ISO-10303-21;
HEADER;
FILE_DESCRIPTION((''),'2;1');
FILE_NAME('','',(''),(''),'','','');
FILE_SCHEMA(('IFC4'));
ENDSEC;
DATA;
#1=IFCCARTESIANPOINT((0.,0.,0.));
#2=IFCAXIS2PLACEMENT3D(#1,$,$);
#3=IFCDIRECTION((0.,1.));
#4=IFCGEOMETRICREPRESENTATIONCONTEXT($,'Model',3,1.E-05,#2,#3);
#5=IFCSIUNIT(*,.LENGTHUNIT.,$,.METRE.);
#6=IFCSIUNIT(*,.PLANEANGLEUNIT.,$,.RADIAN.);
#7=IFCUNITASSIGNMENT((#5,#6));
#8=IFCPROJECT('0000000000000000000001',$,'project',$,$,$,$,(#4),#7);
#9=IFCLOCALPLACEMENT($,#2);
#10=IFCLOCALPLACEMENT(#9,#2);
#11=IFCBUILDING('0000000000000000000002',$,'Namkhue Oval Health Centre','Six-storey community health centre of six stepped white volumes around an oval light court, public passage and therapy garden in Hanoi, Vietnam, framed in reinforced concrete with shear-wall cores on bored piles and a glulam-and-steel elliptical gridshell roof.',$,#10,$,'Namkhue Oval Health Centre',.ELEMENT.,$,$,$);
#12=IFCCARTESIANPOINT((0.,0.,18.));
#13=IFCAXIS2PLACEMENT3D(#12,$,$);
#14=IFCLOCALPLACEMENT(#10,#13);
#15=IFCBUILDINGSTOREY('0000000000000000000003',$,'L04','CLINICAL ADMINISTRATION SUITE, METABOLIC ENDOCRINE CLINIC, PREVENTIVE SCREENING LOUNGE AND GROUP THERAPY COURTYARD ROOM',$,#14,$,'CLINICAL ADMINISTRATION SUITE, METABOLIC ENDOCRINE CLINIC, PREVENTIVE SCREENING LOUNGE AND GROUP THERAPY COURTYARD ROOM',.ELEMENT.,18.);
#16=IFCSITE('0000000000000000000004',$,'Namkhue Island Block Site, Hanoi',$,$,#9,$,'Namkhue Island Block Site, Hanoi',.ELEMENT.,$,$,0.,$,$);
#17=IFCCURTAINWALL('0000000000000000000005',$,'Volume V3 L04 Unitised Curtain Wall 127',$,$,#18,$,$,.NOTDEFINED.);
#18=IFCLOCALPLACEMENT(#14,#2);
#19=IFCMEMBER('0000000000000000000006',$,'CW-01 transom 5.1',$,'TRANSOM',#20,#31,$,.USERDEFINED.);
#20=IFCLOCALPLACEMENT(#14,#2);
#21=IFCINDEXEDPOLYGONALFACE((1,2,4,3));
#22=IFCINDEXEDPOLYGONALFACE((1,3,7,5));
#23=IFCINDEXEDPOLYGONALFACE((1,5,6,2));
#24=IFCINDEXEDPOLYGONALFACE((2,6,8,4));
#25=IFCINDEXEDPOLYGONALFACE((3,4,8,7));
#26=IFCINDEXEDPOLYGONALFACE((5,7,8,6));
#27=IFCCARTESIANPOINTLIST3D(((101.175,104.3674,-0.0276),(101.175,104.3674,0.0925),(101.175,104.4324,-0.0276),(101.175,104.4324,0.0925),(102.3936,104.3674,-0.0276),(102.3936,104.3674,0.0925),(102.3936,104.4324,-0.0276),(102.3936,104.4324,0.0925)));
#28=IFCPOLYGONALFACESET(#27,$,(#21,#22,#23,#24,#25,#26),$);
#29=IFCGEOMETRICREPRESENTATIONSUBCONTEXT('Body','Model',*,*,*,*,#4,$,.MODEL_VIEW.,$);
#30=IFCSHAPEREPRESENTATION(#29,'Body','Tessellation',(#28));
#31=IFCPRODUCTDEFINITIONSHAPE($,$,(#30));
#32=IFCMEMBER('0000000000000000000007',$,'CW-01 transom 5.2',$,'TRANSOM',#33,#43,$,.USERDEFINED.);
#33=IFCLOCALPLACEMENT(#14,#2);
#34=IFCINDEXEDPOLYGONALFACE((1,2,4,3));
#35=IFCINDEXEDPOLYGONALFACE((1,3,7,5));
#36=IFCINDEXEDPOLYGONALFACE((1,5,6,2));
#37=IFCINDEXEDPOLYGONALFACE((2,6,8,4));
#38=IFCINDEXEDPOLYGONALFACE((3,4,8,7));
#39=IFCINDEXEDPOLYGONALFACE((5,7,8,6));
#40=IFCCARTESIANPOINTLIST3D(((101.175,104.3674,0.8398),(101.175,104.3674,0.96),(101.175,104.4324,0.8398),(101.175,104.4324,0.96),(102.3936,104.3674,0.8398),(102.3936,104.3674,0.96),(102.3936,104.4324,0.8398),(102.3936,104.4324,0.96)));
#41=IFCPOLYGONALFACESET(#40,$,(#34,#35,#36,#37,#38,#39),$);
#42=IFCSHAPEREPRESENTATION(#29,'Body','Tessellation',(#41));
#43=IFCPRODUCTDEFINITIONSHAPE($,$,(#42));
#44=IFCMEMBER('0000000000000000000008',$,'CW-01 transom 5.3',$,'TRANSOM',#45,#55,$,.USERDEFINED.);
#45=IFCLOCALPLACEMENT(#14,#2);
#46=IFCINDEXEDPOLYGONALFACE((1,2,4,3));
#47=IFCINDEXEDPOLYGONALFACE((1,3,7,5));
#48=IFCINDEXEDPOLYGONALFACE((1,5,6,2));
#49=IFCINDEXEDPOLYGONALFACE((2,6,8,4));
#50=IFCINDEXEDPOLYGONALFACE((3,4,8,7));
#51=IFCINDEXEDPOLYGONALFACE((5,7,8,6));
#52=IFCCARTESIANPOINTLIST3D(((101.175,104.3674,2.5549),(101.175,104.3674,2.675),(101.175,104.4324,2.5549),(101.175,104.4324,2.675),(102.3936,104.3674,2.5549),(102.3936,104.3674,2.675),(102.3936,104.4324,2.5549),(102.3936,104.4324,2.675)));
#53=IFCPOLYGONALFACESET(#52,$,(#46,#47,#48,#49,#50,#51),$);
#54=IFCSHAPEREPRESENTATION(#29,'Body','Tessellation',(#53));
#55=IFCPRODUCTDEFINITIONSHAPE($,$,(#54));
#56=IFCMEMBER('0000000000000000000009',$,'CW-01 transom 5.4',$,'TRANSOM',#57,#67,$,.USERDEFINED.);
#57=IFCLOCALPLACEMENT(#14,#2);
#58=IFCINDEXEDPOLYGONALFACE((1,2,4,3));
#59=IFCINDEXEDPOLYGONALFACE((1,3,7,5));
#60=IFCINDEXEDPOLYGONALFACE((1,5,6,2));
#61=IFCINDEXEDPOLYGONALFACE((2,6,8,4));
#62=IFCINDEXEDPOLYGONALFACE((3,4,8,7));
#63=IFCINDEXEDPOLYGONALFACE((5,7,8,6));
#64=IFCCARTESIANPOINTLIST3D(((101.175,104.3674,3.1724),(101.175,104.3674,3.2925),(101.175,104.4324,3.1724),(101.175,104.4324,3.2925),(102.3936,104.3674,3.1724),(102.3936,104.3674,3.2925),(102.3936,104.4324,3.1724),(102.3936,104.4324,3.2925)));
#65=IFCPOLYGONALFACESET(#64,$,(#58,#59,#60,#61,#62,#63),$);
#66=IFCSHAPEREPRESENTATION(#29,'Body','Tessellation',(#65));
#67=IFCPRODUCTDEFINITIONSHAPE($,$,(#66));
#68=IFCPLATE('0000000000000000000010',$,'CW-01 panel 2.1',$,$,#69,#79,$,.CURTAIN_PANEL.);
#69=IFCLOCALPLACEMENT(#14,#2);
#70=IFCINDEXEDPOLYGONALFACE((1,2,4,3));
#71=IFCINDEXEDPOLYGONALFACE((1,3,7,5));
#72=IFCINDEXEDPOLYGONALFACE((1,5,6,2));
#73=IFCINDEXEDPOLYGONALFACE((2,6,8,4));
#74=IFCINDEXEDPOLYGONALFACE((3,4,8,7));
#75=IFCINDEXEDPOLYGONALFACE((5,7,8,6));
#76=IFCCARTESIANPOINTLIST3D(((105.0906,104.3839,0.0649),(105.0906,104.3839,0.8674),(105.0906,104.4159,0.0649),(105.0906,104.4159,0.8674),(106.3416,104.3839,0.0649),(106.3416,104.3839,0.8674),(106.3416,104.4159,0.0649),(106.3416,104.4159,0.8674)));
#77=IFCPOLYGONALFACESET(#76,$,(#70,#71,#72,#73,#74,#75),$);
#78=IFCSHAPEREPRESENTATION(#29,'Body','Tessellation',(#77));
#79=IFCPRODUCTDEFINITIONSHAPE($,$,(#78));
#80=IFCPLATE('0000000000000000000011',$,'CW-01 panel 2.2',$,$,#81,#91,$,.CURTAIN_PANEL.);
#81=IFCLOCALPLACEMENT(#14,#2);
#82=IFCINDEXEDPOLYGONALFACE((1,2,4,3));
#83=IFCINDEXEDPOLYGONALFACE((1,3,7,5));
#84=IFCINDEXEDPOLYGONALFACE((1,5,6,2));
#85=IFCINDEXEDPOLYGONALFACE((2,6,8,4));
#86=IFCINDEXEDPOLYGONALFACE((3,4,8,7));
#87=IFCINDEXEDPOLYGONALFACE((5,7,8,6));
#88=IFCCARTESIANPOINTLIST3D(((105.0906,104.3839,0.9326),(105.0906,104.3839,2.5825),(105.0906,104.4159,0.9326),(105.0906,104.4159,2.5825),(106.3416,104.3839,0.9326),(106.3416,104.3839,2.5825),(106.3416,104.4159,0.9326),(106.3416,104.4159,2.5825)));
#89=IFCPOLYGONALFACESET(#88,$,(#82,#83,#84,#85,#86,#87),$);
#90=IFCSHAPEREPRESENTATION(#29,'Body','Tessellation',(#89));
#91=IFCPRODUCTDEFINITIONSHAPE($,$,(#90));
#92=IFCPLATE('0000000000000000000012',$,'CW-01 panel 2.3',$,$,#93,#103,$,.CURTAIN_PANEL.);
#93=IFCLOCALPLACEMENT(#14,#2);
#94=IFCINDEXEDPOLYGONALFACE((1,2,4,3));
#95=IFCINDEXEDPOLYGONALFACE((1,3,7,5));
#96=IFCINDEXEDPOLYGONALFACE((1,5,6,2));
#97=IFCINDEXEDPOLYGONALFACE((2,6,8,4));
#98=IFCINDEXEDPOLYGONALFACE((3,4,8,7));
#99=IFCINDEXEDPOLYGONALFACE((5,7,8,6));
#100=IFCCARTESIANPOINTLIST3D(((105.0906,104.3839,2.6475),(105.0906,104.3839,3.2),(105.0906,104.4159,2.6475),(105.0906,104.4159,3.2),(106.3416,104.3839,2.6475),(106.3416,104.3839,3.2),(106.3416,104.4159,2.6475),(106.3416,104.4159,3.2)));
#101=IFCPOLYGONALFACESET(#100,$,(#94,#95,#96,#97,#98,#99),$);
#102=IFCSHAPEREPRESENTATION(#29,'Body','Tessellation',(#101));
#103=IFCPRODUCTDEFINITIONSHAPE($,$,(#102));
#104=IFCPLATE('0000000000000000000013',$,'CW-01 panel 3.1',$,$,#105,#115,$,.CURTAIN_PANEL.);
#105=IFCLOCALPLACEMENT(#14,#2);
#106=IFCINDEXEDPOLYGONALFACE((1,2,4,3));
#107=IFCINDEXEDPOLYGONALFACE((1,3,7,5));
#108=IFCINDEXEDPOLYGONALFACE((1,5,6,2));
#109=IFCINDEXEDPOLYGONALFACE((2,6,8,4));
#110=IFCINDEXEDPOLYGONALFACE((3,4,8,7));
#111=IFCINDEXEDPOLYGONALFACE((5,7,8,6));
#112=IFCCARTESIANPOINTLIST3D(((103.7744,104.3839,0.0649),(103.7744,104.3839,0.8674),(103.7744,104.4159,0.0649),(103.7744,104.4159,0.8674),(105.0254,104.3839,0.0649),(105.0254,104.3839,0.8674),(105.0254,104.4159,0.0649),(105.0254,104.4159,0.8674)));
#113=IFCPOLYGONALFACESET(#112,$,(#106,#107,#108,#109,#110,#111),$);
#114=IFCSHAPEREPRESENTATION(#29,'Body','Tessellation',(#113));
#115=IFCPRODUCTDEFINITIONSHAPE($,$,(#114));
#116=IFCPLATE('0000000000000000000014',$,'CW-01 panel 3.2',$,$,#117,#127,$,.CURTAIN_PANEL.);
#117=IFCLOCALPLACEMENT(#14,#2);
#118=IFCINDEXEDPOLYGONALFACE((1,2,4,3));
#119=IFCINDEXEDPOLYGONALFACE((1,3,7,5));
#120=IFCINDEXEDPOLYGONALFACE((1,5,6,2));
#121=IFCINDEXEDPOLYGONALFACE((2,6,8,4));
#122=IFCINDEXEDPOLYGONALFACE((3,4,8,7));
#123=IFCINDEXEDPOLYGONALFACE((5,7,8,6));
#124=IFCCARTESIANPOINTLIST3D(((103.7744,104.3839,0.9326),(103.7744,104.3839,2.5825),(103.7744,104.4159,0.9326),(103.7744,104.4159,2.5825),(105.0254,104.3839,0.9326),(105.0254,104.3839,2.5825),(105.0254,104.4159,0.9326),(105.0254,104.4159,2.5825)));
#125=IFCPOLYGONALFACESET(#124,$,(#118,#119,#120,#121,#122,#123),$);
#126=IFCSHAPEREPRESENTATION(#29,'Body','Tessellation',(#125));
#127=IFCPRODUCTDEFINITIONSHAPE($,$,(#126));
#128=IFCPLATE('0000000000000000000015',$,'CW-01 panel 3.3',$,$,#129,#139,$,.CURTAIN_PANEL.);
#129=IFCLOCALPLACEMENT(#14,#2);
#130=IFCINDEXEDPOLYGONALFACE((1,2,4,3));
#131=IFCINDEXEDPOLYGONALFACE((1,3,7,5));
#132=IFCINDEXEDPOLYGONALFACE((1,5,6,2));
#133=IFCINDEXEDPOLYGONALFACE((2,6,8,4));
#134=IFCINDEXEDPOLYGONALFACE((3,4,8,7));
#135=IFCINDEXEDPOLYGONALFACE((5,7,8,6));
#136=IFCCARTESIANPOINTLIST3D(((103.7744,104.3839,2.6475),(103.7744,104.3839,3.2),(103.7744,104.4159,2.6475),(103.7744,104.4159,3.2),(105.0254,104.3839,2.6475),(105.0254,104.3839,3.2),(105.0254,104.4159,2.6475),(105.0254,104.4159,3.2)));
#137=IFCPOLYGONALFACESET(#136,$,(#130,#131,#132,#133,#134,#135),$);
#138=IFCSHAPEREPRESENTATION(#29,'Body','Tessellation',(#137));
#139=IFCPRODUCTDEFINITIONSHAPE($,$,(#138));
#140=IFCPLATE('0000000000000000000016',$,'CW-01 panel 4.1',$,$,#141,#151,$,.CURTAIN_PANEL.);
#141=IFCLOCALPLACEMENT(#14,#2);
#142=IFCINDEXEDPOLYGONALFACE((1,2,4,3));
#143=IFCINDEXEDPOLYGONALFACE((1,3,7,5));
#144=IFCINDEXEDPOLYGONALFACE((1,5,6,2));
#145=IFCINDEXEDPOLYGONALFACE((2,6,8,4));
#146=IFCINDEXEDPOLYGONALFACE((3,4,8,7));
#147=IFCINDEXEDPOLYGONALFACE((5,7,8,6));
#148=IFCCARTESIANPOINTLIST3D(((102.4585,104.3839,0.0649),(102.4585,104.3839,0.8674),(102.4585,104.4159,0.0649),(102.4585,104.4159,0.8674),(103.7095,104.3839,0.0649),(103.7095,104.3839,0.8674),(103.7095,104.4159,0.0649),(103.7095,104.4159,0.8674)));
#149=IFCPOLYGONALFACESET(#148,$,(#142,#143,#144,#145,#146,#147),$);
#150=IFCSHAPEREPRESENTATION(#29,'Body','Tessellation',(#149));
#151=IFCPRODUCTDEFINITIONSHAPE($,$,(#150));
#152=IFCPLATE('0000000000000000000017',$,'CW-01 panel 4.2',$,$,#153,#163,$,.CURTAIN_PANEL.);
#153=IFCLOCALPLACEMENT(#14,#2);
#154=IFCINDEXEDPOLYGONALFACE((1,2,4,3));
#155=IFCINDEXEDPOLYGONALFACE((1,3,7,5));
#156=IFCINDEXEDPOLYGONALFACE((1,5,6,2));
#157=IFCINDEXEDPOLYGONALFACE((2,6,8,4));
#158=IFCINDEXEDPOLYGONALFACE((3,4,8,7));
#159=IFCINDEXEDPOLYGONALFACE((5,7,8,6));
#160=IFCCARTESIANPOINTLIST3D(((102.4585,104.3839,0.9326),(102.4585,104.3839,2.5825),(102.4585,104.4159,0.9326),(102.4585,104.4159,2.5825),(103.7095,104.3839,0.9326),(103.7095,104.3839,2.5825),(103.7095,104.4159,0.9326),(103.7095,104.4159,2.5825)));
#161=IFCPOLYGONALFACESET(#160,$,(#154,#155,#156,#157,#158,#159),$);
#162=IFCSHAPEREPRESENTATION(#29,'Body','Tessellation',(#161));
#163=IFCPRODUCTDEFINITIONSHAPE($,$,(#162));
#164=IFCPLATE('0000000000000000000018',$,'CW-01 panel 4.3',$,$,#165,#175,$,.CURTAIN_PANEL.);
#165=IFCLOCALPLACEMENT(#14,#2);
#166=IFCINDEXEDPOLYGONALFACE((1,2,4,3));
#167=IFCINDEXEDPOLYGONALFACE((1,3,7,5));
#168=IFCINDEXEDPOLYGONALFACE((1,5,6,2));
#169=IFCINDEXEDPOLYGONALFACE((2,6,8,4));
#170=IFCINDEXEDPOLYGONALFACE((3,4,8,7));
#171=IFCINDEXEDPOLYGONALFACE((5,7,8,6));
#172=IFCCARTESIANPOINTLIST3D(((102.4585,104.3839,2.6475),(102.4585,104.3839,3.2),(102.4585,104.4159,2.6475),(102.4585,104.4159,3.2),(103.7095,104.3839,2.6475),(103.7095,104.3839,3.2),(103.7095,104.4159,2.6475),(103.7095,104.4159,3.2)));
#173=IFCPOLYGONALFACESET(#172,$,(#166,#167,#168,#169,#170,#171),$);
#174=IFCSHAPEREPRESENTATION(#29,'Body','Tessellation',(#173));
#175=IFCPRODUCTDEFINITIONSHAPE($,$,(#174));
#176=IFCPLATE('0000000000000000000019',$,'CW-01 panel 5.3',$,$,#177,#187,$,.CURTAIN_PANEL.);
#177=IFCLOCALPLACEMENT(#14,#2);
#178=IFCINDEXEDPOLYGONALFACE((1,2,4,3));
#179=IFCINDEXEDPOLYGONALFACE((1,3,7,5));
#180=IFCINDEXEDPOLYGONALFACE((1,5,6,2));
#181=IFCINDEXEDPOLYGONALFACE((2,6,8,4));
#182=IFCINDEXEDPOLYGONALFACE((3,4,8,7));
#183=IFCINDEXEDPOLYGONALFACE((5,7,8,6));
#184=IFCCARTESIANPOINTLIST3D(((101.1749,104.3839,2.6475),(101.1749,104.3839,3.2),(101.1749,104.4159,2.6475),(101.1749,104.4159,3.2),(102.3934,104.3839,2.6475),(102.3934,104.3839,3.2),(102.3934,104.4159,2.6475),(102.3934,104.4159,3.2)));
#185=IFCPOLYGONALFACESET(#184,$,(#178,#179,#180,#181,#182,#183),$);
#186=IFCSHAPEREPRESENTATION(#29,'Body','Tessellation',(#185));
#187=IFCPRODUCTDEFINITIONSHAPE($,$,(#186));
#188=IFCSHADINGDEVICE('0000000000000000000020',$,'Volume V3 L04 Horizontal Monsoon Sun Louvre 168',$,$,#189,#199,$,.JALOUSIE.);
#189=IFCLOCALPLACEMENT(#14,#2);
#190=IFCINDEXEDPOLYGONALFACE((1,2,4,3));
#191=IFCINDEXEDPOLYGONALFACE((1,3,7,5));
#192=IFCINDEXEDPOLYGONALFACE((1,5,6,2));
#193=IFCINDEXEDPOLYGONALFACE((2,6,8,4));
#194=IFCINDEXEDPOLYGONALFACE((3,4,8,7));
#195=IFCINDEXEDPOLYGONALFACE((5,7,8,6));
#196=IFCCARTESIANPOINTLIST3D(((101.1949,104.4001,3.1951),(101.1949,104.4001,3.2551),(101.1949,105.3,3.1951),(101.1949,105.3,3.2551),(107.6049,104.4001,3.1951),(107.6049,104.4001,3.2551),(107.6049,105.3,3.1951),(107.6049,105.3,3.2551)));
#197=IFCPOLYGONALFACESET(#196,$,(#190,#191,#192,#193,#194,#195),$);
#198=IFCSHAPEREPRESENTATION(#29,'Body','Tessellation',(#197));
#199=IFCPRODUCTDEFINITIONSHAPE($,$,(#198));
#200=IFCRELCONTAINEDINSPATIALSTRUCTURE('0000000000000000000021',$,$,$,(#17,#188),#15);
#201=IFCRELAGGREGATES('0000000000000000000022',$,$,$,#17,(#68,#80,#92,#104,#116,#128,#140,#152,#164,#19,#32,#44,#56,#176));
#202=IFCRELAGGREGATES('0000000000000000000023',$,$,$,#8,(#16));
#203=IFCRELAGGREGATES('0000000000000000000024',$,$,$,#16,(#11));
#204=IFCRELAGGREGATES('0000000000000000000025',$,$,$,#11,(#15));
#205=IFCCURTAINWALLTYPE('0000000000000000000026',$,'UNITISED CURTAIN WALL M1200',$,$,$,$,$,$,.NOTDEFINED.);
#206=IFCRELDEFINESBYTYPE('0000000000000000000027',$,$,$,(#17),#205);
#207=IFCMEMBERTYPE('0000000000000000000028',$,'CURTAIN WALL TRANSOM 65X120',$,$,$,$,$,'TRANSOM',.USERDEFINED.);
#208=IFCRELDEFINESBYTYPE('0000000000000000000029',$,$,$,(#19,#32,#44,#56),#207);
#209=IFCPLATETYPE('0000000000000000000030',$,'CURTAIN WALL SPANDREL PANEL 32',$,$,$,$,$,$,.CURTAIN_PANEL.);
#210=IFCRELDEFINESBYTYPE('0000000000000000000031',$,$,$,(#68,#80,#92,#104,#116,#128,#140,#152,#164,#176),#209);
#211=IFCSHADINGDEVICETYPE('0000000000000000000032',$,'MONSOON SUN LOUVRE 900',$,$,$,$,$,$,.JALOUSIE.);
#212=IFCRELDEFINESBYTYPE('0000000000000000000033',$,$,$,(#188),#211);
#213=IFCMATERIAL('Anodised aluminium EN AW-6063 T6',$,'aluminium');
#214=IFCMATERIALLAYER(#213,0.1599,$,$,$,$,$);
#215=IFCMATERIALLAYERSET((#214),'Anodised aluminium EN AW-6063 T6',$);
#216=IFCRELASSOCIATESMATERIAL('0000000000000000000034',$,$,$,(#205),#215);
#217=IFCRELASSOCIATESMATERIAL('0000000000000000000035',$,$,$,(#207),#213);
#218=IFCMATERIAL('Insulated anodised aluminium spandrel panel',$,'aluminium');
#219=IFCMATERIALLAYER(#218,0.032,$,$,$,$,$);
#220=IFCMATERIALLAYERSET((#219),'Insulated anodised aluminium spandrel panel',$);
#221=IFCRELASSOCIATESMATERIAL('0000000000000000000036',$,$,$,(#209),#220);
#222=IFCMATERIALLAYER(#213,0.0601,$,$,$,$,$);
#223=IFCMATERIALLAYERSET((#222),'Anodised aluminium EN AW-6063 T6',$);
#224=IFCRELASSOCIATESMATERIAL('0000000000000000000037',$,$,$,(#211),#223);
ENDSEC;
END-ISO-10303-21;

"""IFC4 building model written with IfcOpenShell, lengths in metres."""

from ifc_helpers import new_model, si_unit, direction, frame, origin, origin_2d, place, context, subcontext, project, spatial, rectangle, extrude, material, layer, layer_set, material_profile, profile_set, type_object, element, aggregate, save


model = new_model("IFC4")

# Units and contexts
model_context = context("Model", 3, precision=1e-05, world=origin(), true_north=direction((0.0, 1.0)))
body_context = subcontext(model_context, "Body", "Model", "MODEL_VIEW")
ifc_project = project(units=[si_unit("LENGTHUNIT", "METRE"), si_unit("PLANEANGLEUNIT", "RADIAN")], contexts=[model_context])

# Site, building, storey
site_placement = place(None, origin())
site = spatial("IfcSite", under=ifc_project, at=site_placement, Name="Namkhue Island Block Site, Hanoi", LongName="Namkhue Island Block Site, Hanoi", CompositionType="ELEMENT", RefElevation=0.0)
building_placement = place(site_placement, origin())
building = spatial("IfcBuilding", under=site, at=building_placement, Name="Namkhue Oval Health Centre", Description="Six-storey community health centre of six stepped white volumes around an oval light court, public passage and therapy garden in Hanoi, Vietnam, framed in reinforced concrete with shear-wall cores on bored piles and a glulam-and-steel elliptical gridshell roof.", LongName="Namkhue Oval Health Centre", CompositionType="ELEMENT")
storey_placement = place(building_placement, frame((0.0, 0.0, 18.0)))
storey = spatial("IfcBuildingStorey", under=building, at=storey_placement, Name="L04", Description="CLINICAL ADMINISTRATION SUITE, METABOLIC ENDOCRINE CLINIC, PREVENTIVE SCREENING LOUNGE AND GROUP THERAPY COURTYARD ROOM", LongName="CLINICAL ADMINISTRATION SUITE, METABOLIC ENDOCRINE CLINIC, PREVENTIVE SCREENING LOUNGE AND GROUP THERAPY COURTYARD ROOM", CompositionType="ELEMENT", Elevation=18.0)

# Curtain wall, members, plates
ifc_material_1 = material(Name="Anodised aluminium EN AW-6063 T6", Category="aluminium")
ifc_layer_1 = layer(ifc_material_1, 0.1599)
ifc_layer_set_1 = layer_set([ifc_layer_1], Name="Anodised aluminium EN AW-6063 T6")
curtain_wall_type = type_object("IfcCurtainWallType", Name="UNITISED CURTAIN WALL M1200", PredefinedType="NOTDEFINED", material=ifc_layer_set_1)
curtain_wall_placement = place(storey_placement, origin())
curtain_wall = element("IfcCurtainWall", 1, at=curtain_wall_placement, inside=storey, type_object=curtain_wall_type, Name="Volume V3 L04 Unitised Curtain Wall 127", PredefinedType="NOTDEFINED")
ifc_material_profile_1 = material_profile(ifc_material_1, rectangle(XDim=0.0649, YDim=0.1201, at=origin_2d()), Name="ALU 65x120")
ifc_profile_set_1 = profile_set([ifc_material_profile_1], Name="Anodised aluminium EN AW-6063 T6")
member_type_1 = type_object("IfcMemberType", Name="CURTAIN WALL TRANSOM 65X120", ElementType="TRANSOM", PredefinedType="USERDEFINED", material=ifc_profile_set_1)
member_1_placement = place(storey_placement, frame((102.3936, 104.3999, 0.0325), z_axis=(-1.0, 0.0, 0.0), x_axis=(0.0, -1.0, 0.0)))
member_1 = element("IfcMember", 2, at=member_1_placement, type_object=member_type_1, Name="CW-01 transom 5.1", ObjectType="TRANSOM", PredefinedType="USERDEFINED", context=body_context, shape_type="SweptSolid", body=[
    extrude(rectangle(XDim=0.0649, YDim=0.1201, at=origin_2d()), origin(), (0.0, 0.0, 1.0), 1.2185),
])
member_2_placement = place(storey_placement, frame((102.3936, 104.3999, 0.8999), z_axis=(-1.0, 0.0, 0.0), x_axis=(0.0, -1.0, 0.0)))
member_2 = element("IfcMember", 3, at=member_2_placement, type_object=member_type_1, Name="CW-01 transom 5.2", ObjectType="TRANSOM", PredefinedType="USERDEFINED", context=body_context, shape_type="SweptSolid", body=[
    extrude(rectangle(XDim=0.0649, YDim=0.1201, at=origin_2d()), origin(), (0.0, 0.0, 1.0), 1.2185),
])
member_3_placement = place(storey_placement, frame((102.3936, 104.3999, 2.615), z_axis=(-1.0, 0.0, 0.0), x_axis=(0.0, -1.0, 0.0)))
member_3 = element("IfcMember", 4, at=member_3_placement, type_object=member_type_1, Name="CW-01 transom 5.3", ObjectType="TRANSOM", PredefinedType="USERDEFINED", context=body_context, shape_type="SweptSolid", body=[
    extrude(rectangle(XDim=0.0649, YDim=0.1201, at=origin_2d()), origin(), (0.0, 0.0, 1.0), 1.2185),
])
member_4_placement = place(storey_placement, frame((102.3936, 104.3999, 3.2324), z_axis=(-1.0, 0.0, 0.0), x_axis=(0.0, -1.0, 0.0)))
member_4 = element("IfcMember", 5, at=member_4_placement, type_object=member_type_1, Name="CW-01 transom 5.4", ObjectType="TRANSOM", PredefinedType="USERDEFINED", context=body_context, shape_type="SweptSolid", body=[
    extrude(rectangle(XDim=0.0649, YDim=0.1201, at=origin_2d()), origin(), (0.0, 0.0, 1.0), 1.2185),
])
ifc_material_2 = material(Name="Insulated anodised aluminium spandrel panel", Category="aluminium")
ifc_layer_2 = layer(ifc_material_2, 0.032)
ifc_layer_set_2 = layer_set([ifc_layer_2], Name="Insulated anodised aluminium spandrel panel")
plate_type = type_object("IfcPlateType", Name="CURTAIN WALL SPANDREL PANEL 32", PredefinedType="CURTAIN_PANEL", material=ifc_layer_set_2)
plate_1_placement = place(storey_placement, frame((105.7161, 104.3999, 0.0649), z_axis=(0.0, 0.0, 1.0), x_axis=(-1.0, 0.0, 0.0)))
plate_1 = element("IfcPlate", 6, at=plate_1_placement, type_object=plate_type, Name="CW-01 panel 2.1", PredefinedType="CURTAIN_PANEL", context=body_context, shape_type="SweptSolid", body=[
    extrude(rectangle(XDim=1.251, YDim=0.032, at=origin_2d()), origin(), (0.0, 0.0, 1.0), 0.8025),
])
plate_2_placement = place(storey_placement, frame((105.7161, 104.3999, 0.9326), z_axis=(0.0, 0.0, 1.0), x_axis=(-1.0, 0.0, 0.0)))
plate_2 = element("IfcPlate", 7, at=plate_2_placement, type_object=plate_type, Name="CW-01 panel 2.2", PredefinedType="CURTAIN_PANEL", context=body_context, shape_type="SweptSolid", body=[
    extrude(rectangle(XDim=1.251, YDim=0.032, at=origin_2d()), origin(), (0.0, 0.0, 1.0), 1.6499),
])
plate_3_placement = place(storey_placement, frame((105.7161, 104.3999, 2.6475), z_axis=(0.0, 0.0, 1.0), x_axis=(-1.0, 0.0, 0.0)))
plate_3 = element("IfcPlate", 8, at=plate_3_placement, type_object=plate_type, Name="CW-01 panel 2.3", PredefinedType="CURTAIN_PANEL", context=body_context, shape_type="SweptSolid", body=[
    extrude(rectangle(XDim=1.251, YDim=0.032, at=origin_2d()), origin(), (0.0, 0.0, 1.0), 0.5525),
])
plate_4_placement = place(storey_placement, frame((104.3999, 104.3999, 0.0649), z_axis=(0.0, 0.0, 1.0), x_axis=(-1.0, 0.0, 0.0)))
plate_4 = element("IfcPlate", 9, at=plate_4_placement, type_object=plate_type, Name="CW-01 panel 3.1", PredefinedType="CURTAIN_PANEL", context=body_context, shape_type="SweptSolid", body=[
    extrude(rectangle(XDim=1.251, YDim=0.032, at=origin_2d()), origin(), (0.0, 0.0, 1.0), 0.8025),
])
plate_5_placement = place(storey_placement, frame((104.3999, 104.3999, 0.9326), z_axis=(0.0, 0.0, 1.0), x_axis=(-1.0, 0.0, 0.0)))
plate_5 = element("IfcPlate", 10, at=plate_5_placement, type_object=plate_type, Name="CW-01 panel 3.2", PredefinedType="CURTAIN_PANEL", context=body_context, shape_type="SweptSolid", body=[
    extrude(rectangle(XDim=1.251, YDim=0.032, at=origin_2d()), origin(), (0.0, 0.0, 1.0), 1.6499),
])
plate_6_placement = place(storey_placement, frame((104.3999, 104.3999, 2.6475), z_axis=(0.0, 0.0, 1.0), x_axis=(-1.0, 0.0, 0.0)))
plate_6 = element("IfcPlate", 11, at=plate_6_placement, type_object=plate_type, Name="CW-01 panel 3.3", PredefinedType="CURTAIN_PANEL", context=body_context, shape_type="SweptSolid", body=[
    extrude(rectangle(XDim=1.251, YDim=0.032, at=origin_2d()), origin(), (0.0, 0.0, 1.0), 0.5525),
])
plate_7_placement = place(storey_placement, frame((103.084, 104.3999, 0.0649), z_axis=(0.0, 0.0, 1.0), x_axis=(-1.0, 0.0, 0.0)))
plate_7 = element("IfcPlate", 12, at=plate_7_placement, type_object=plate_type, Name="CW-01 panel 4.1", PredefinedType="CURTAIN_PANEL", context=body_context, shape_type="SweptSolid", body=[
    extrude(rectangle(XDim=1.251, YDim=0.032, at=origin_2d()), origin(), (0.0, 0.0, 1.0), 0.8025),
])
plate_8_placement = place(storey_placement, frame((103.084, 104.3999, 0.9326), z_axis=(0.0, 0.0, 1.0), x_axis=(-1.0, 0.0, 0.0)))
plate_8 = element("IfcPlate", 13, at=plate_8_placement, type_object=plate_type, Name="CW-01 panel 4.2", PredefinedType="CURTAIN_PANEL", context=body_context, shape_type="SweptSolid", body=[
    extrude(rectangle(XDim=1.251, YDim=0.032, at=origin_2d()), origin(), (0.0, 0.0, 1.0), 1.6499),
])
plate_9_placement = place(storey_placement, frame((103.084, 104.3999, 2.6475), z_axis=(0.0, 0.0, 1.0), x_axis=(-1.0, 0.0, 0.0)))
plate_9 = element("IfcPlate", 14, at=plate_9_placement, type_object=plate_type, Name="CW-01 panel 4.3", PredefinedType="CURTAIN_PANEL", context=body_context, shape_type="SweptSolid", body=[
    extrude(rectangle(XDim=1.251, YDim=0.032, at=origin_2d()), origin(), (0.0, 0.0, 1.0), 0.5525),
])
plate_10_placement = place(storey_placement, frame((101.7842, 104.3999, 2.6475), z_axis=(0.0, 0.0, 1.0), x_axis=(-1.0, 0.0, 0.0)))
plate_10 = element("IfcPlate", 15, at=plate_10_placement, type_object=plate_type, Name="CW-01 panel 5.3", PredefinedType="CURTAIN_PANEL", context=body_context, shape_type="SweptSolid", body=[
    extrude(rectangle(XDim=1.2185, YDim=0.032, at=origin_2d()), origin(), (0.0, 0.0, 1.0), 0.5525),
])
aggregate(curtain_wall, [plate_1, plate_2, plate_3, plate_4, plate_5, plate_6, plate_7, plate_8, plate_9, member_1, member_2, member_3, member_4, plate_10])

# Shading device
ifc_layer_3 = layer(ifc_material_1, 0.0601)
ifc_layer_set_3 = layer_set([ifc_layer_3], Name="Anodised aluminium EN AW-6063 T6")
shading_device_type = type_object("IfcShadingDeviceType", Name="MONSOON SUN LOUVRE 900", PredefinedType="JALOUSIE", material=ifc_layer_set_3)
shading_device_placement = place(storey_placement, frame((104.3999, 104.8501, 3.1951), z_axis=(0.0, 0.0, 1.0), x_axis=(-1.0, 0.0, 0.0)))
element("IfcShadingDevice", 16, at=shading_device_placement, inside=storey, type_object=shading_device_type, Name="Volume V3 L04 Horizontal Monsoon Sun Louvre 168", PredefinedType="JALOUSIE", context=body_context, shape_type="SweptSolid", body=[
    extrude(rectangle(XDim=6.4099, YDim=0.8999, at=origin_2d()), origin(), (0.0, 0.0, 1.0), 0.0601),
])

save(model, "model.ifc")
